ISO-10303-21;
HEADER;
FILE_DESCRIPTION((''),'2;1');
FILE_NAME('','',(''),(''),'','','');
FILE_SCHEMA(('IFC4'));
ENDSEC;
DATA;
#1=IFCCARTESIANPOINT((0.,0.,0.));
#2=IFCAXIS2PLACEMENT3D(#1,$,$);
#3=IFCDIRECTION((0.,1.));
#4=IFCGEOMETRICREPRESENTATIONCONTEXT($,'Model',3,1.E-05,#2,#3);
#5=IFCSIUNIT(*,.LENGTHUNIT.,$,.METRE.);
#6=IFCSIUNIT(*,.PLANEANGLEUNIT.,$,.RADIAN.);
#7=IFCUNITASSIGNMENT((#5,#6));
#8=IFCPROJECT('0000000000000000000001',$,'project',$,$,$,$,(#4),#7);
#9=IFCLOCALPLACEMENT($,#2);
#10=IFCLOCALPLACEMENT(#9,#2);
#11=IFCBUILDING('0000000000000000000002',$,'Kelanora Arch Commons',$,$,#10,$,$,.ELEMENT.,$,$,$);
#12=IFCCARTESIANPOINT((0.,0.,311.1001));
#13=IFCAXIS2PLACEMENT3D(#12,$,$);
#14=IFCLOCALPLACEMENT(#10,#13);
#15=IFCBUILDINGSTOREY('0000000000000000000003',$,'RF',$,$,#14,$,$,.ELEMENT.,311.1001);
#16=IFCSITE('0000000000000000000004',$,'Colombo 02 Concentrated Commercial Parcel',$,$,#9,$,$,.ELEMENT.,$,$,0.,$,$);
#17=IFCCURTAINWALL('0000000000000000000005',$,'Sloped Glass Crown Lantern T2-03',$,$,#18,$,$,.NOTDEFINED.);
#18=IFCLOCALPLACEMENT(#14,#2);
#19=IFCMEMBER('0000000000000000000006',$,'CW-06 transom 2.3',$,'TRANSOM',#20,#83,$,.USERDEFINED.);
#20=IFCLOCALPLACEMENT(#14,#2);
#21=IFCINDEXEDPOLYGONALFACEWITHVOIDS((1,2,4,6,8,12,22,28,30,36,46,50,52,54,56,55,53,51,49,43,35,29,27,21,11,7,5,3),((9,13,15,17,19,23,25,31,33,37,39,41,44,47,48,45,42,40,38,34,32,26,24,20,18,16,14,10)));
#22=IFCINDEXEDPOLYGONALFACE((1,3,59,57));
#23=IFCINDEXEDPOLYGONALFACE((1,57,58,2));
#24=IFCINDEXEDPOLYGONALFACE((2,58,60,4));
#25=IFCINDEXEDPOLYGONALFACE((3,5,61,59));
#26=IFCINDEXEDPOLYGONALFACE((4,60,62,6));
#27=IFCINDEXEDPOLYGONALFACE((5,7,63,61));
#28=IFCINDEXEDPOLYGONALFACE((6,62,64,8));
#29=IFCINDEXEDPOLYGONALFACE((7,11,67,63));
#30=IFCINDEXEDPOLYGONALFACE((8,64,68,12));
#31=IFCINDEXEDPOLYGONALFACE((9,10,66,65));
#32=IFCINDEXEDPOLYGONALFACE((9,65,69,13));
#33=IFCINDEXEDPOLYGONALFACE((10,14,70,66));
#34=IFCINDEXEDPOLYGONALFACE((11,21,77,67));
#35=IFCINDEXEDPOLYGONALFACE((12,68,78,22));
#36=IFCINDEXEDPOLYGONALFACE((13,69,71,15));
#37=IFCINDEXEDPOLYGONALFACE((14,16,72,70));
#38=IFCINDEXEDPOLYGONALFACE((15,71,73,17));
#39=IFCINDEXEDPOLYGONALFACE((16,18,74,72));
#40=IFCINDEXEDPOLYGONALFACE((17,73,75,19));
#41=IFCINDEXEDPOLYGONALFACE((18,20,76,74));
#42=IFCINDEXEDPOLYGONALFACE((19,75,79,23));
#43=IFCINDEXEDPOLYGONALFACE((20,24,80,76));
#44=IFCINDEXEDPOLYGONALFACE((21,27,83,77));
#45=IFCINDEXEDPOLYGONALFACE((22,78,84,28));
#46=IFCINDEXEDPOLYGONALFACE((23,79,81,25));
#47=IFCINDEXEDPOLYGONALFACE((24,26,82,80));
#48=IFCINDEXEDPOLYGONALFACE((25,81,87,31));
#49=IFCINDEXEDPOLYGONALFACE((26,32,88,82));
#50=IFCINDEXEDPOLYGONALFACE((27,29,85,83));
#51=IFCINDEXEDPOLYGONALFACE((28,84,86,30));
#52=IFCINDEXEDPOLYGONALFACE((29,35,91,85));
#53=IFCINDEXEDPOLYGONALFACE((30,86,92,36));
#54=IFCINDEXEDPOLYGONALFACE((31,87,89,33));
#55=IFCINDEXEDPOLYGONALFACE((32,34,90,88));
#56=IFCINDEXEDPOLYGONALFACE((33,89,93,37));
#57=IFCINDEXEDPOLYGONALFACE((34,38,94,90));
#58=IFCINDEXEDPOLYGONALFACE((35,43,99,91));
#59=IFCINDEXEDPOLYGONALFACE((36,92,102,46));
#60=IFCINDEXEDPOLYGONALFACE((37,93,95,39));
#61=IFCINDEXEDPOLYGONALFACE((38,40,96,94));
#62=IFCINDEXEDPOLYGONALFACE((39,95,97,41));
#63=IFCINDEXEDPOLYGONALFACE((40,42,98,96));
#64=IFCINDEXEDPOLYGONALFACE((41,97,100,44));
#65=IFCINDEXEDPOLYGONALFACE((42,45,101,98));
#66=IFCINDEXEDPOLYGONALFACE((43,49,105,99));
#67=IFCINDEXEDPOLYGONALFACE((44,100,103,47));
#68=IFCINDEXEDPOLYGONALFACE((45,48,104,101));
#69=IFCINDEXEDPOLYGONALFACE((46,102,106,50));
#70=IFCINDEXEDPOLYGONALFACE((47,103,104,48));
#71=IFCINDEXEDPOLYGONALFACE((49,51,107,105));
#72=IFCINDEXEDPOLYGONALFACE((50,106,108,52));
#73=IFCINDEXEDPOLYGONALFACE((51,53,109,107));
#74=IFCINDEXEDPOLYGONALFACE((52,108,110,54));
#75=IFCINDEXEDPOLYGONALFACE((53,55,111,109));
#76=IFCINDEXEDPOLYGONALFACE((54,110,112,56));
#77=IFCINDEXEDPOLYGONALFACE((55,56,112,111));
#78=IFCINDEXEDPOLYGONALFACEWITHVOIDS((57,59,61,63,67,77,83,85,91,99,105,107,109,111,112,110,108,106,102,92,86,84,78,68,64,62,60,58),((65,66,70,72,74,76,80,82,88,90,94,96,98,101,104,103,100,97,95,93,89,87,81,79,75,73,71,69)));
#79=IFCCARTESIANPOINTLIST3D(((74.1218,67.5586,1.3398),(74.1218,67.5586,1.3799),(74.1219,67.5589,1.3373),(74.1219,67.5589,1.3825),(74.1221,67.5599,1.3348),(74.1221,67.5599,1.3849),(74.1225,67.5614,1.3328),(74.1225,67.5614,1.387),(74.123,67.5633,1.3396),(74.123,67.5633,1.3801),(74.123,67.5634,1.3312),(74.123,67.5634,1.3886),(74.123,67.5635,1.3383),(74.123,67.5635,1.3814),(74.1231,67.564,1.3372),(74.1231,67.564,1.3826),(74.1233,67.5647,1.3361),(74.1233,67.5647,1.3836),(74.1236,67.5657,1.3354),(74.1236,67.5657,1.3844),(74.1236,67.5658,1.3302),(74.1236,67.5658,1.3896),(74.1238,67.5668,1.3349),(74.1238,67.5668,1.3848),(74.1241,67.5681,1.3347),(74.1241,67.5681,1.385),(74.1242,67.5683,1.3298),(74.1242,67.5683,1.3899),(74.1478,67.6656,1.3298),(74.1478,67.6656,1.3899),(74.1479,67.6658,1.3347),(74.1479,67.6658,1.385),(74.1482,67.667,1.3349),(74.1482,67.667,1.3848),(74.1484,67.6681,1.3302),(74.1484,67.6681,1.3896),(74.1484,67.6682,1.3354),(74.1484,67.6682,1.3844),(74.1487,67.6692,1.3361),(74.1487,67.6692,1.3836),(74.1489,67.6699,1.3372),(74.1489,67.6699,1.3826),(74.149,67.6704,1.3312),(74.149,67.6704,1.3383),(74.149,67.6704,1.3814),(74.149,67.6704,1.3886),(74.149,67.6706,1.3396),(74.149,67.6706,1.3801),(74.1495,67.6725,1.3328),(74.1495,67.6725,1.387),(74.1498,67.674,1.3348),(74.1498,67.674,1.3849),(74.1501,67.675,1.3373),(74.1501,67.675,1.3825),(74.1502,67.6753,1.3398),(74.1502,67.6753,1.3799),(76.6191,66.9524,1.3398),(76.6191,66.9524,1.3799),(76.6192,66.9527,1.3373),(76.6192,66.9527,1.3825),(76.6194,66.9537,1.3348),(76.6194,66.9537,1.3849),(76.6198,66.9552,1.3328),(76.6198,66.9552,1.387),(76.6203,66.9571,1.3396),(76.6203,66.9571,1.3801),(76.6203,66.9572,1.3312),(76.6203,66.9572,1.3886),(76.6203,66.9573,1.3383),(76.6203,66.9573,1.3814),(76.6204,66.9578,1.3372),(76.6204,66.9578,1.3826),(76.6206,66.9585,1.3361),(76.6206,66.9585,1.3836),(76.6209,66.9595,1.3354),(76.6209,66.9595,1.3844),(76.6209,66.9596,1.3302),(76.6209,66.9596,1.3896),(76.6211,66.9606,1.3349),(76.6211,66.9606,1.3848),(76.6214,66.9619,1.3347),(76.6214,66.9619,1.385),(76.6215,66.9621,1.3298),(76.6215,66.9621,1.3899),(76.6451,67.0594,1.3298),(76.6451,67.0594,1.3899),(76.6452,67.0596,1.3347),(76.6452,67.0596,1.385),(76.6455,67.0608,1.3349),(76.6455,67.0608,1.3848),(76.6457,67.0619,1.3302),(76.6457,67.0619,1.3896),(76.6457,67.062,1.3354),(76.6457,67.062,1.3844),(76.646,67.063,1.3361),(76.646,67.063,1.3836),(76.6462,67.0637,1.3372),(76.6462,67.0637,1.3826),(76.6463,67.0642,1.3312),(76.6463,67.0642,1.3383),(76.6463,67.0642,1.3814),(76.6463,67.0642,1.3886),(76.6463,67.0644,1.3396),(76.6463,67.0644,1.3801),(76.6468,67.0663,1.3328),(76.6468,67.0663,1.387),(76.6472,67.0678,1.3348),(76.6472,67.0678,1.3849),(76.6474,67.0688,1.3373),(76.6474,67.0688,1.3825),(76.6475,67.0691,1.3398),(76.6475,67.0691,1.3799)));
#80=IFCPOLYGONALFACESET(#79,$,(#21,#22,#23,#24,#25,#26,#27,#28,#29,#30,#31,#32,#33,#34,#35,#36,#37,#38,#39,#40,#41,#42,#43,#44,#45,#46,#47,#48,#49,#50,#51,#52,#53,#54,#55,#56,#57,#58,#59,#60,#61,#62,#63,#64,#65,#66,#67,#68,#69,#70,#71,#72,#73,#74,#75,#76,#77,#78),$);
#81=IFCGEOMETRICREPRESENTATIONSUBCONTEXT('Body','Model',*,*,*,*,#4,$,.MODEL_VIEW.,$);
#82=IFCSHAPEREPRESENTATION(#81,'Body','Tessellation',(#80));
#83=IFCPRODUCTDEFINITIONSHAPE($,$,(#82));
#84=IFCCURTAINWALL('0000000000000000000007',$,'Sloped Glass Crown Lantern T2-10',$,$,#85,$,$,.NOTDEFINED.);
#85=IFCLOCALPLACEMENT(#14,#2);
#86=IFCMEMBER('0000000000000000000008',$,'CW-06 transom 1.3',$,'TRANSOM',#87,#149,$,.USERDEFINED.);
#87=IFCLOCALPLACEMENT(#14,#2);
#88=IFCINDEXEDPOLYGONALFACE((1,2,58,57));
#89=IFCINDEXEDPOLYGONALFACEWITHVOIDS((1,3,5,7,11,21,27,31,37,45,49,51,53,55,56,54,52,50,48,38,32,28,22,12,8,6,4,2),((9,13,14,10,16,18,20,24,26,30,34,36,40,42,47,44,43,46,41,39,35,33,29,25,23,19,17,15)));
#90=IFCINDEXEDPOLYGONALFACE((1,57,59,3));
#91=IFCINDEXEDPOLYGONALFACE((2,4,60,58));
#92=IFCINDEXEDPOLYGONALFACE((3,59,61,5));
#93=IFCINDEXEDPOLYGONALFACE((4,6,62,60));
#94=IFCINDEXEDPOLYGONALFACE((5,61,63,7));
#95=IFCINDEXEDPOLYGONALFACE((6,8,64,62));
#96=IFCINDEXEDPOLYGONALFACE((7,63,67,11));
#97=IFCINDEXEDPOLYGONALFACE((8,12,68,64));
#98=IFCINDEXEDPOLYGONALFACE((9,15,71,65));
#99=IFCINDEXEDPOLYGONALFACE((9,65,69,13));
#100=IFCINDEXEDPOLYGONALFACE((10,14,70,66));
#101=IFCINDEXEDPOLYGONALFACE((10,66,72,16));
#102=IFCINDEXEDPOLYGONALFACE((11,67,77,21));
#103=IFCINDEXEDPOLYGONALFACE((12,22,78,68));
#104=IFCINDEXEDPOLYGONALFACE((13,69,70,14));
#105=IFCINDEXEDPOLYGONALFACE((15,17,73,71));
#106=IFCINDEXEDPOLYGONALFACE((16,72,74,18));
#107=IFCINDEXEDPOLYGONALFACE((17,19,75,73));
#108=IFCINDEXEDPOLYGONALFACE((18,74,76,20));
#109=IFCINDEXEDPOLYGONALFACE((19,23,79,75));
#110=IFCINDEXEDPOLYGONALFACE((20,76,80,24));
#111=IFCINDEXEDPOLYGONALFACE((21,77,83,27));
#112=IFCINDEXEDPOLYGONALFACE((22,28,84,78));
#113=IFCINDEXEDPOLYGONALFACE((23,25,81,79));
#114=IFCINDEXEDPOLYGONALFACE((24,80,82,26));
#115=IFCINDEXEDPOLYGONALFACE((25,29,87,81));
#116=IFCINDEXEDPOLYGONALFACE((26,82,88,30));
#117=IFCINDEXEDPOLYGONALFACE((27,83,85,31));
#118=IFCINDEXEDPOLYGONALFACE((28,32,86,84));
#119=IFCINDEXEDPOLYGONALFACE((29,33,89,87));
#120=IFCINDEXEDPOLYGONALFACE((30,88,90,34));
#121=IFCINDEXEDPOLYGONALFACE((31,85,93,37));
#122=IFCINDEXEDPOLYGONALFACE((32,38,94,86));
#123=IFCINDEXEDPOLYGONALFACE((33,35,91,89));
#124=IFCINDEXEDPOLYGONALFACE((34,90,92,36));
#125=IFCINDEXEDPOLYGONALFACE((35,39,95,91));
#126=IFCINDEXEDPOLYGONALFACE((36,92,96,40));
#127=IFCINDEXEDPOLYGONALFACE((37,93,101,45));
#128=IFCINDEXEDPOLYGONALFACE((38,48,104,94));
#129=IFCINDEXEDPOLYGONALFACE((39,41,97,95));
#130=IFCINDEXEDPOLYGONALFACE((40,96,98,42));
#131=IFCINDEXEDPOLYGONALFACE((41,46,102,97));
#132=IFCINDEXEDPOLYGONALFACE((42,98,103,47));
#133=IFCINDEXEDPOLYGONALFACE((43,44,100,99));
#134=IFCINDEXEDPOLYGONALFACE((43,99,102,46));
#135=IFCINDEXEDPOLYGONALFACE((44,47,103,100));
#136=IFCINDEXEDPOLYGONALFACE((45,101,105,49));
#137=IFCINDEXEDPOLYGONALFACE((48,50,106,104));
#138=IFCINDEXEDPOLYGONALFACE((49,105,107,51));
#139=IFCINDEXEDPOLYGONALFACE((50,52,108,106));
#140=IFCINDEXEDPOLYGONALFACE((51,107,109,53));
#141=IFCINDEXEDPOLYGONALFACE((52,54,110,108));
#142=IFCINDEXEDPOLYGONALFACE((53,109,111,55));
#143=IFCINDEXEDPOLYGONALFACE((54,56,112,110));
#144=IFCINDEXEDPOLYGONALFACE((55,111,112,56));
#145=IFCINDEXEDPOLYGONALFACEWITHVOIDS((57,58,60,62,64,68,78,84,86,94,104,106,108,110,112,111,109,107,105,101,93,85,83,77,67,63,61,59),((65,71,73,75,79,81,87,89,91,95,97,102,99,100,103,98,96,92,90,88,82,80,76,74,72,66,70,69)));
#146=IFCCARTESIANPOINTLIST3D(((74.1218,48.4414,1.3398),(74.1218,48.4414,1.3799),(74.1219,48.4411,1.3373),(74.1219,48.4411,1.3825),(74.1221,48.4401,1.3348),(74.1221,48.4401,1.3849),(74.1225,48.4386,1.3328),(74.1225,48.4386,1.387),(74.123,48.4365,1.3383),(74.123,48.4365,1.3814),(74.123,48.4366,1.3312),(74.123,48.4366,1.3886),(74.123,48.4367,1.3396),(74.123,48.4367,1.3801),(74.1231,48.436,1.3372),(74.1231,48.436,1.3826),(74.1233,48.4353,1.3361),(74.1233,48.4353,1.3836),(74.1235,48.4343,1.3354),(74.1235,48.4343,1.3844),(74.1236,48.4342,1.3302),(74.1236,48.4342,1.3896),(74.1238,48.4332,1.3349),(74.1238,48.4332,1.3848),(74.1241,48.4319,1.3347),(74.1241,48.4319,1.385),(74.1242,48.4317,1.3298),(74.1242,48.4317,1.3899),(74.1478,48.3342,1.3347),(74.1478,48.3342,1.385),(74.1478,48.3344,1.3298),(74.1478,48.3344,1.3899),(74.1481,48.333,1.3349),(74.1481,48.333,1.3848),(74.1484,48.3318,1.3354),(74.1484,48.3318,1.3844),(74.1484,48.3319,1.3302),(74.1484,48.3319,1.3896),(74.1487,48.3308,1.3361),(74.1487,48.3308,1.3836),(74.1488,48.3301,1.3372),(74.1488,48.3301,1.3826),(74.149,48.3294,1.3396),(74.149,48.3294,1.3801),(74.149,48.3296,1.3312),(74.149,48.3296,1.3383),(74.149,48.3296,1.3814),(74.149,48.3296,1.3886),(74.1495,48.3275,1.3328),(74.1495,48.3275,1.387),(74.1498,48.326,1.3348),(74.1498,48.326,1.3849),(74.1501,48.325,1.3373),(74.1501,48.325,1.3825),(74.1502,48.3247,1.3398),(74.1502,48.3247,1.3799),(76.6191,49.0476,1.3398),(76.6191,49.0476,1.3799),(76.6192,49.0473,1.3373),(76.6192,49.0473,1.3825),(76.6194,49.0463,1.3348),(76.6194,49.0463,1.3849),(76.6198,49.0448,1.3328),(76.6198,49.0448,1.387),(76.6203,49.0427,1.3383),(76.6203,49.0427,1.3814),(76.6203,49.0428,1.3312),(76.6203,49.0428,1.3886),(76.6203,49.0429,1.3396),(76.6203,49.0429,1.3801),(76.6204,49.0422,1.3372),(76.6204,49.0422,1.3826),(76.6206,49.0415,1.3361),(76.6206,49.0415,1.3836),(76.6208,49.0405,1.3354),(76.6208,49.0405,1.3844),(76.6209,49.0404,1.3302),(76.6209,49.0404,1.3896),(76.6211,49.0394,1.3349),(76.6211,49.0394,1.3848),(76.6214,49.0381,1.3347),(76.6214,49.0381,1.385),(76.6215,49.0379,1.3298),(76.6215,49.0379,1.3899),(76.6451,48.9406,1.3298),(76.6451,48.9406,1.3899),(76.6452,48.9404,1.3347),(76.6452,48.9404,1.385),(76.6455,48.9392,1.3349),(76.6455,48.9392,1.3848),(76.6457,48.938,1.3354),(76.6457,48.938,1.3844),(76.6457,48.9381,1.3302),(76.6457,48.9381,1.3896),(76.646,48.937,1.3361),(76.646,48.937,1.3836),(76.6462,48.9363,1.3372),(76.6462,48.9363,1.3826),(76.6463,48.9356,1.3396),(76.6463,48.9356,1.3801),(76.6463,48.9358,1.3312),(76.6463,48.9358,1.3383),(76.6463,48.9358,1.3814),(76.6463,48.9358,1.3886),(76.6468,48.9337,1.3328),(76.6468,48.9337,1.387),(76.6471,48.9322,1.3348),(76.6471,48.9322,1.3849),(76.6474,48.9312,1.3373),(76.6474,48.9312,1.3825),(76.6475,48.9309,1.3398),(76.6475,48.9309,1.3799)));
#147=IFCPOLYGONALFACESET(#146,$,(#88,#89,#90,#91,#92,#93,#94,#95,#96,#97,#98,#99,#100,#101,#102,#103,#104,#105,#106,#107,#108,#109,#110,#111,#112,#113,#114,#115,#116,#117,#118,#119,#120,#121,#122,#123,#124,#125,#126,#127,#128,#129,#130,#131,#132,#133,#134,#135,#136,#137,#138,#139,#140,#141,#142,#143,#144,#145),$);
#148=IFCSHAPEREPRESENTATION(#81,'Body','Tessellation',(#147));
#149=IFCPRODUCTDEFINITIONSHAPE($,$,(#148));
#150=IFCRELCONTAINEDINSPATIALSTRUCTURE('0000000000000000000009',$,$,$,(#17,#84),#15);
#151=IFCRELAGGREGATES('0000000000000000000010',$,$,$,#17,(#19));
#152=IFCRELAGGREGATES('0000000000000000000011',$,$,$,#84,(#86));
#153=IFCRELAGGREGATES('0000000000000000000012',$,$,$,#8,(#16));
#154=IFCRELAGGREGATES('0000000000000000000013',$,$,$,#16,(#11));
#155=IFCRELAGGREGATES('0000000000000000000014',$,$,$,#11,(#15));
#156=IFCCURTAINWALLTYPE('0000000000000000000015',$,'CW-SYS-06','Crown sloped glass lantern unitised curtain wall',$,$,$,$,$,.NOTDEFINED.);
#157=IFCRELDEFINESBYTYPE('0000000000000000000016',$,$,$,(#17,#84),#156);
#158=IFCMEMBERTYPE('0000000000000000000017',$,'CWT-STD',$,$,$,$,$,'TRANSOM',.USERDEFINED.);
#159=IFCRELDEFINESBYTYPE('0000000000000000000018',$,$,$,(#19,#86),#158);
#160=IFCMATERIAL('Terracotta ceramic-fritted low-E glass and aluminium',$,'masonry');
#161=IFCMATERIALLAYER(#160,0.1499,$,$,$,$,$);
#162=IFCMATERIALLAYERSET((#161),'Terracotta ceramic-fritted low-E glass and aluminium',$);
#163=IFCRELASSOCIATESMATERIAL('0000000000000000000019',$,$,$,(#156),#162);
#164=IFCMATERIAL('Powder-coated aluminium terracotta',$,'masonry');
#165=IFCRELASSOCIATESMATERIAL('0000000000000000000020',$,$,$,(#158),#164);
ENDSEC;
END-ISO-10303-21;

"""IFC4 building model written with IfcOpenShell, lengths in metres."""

from ifc_helpers import new_model, si_unit, direction, frame, origin, origin_2d, place, context, subcontext, project, spatial, hollow_rectangle, extrude, material, layer, layer_set, material_profile, profile_set, type_object, element, aggregate, save


model = new_model("IFC4")

# Units and contexts
model_context = context("Model", 3, precision=1e-05, world=origin(), true_north=direction((0.0, 1.0)))
body_context = subcontext(model_context, "Body", "Model", "MODEL_VIEW")
ifc_project = project(units=[si_unit("LENGTHUNIT", "METRE"), si_unit("PLANEANGLEUNIT", "RADIAN")], contexts=[model_context])

# Site, building, storey
site_placement = place(None, origin())
site = spatial("IfcSite", under=ifc_project, at=site_placement, Name="Colombo 02 Concentrated Commercial Parcel", CompositionType="ELEMENT", RefElevation=0.0)
building_placement = place(site_placement, origin())
building = spatial("IfcBuilding", under=site, at=building_placement, Name="Kelanora Arch Commons", CompositionType="ELEMENT")
storey_placement = place(building_placement, frame((0.0, 0.0, 311.1001)))
storey = spatial("IfcBuildingStorey", under=building, at=storey_placement, Name="RF", CompositionType="ELEMENT", Elevation=311.1001)

# Shared definitions
ifc_material_1 = material(Name="Terracotta ceramic-fritted low-E glass and aluminium", Category="masonry")
ifc_layer_1 = layer(ifc_material_1, 0.1499)
ifc_layer_set_1 = layer_set([ifc_layer_1], Name="Terracotta ceramic-fritted low-E glass and aluminium")
curtain_wall_type = type_object("IfcCurtainWallType", Name="CW-SYS-06", Description="Crown sloped glass lantern unitised curtain wall", PredefinedType="NOTDEFINED", material=ifc_layer_set_1)
ifc_material_2 = material(Name="Powder-coated aluminium terracotta", Category="masonry")
ifc_material_profile_1 = material_profile(ifc_material_2, hollow_rectangle(XDim=0.1201, YDim=0.0601, WallThickness=0.0049, InnerFilletRadius=0.0049, OuterFilletRadius=0.01, at=origin_2d()), Name="CWT120x60")
ifc_profile_set_1 = profile_set([ifc_material_profile_1], Name="Powder-coated aluminium terracotta")
member_type_1 = type_object("IfcMemberType", Name="CWT-STD", ElementType="TRANSOM", PredefinedType="USERDEFINED", material=ifc_profile_set_1)

# Curtain walls, members
curtain_wall_1_placement = place(storey_placement, origin())
curtain_wall_1 = element("IfcCurtainWall", 1, at=curtain_wall_1_placement, inside=storey, type_object=curtain_wall_type, Name="Sloped Glass Crown Lantern T2-03", PredefinedType="NOTDEFINED")
member_1_placement = place(storey_placement, frame((76.6333, 67.0107, 1.3599), z_axis=(-0.97178, 0.235891, 0.0), x_axis=(-0.235891, -0.97178, 0.0)))
member_1 = element("IfcMember", 2, at=member_1_placement, type_object=member_type_1, Name="CW-06 transom 2.3", ObjectType="TRANSOM", PredefinedType="USERDEFINED", context=body_context, shape_type="SweptSolid", body=[
    extrude(hollow_rectangle(XDim=0.1201, YDim=0.0601, WallThickness=0.0049, InnerFilletRadius=0.0049, OuterFilletRadius=0.01, at=origin_2d()), origin(), (0.0, 0.0, 1.0), 2.5698),
])
aggregate(curtain_wall_1, [member_1])
curtain_wall_2_placement = place(storey_placement, origin())
curtain_wall_2 = element("IfcCurtainWall", 3, at=curtain_wall_2_placement, inside=storey, type_object=curtain_wall_type, Name="Sloped Glass Crown Lantern T2-10", PredefinedType="NOTDEFINED")
member_2_placement = place(storey_placement, frame((74.136, 48.3831, 1.3599), z_axis=(0.97178, 0.235891, 0.0), x_axis=(-0.235891, 0.97178, 0.0)))
member_2 = element("IfcMember", 4, at=member_2_placement, type_object=member_type_1, Name="CW-06 transom 1.3", ObjectType="TRANSOM", PredefinedType="USERDEFINED", context=body_context, shape_type="SweptSolid", body=[
    extrude(hollow_rectangle(XDim=0.1201, YDim=0.0601, WallThickness=0.0049, InnerFilletRadius=0.0049, OuterFilletRadius=0.01, at=origin_2d()), origin(), (0.0, 0.0, 1.0), 2.5698),
])
aggregate(curtain_wall_2, [member_2])

save(model, "model.ifc")
